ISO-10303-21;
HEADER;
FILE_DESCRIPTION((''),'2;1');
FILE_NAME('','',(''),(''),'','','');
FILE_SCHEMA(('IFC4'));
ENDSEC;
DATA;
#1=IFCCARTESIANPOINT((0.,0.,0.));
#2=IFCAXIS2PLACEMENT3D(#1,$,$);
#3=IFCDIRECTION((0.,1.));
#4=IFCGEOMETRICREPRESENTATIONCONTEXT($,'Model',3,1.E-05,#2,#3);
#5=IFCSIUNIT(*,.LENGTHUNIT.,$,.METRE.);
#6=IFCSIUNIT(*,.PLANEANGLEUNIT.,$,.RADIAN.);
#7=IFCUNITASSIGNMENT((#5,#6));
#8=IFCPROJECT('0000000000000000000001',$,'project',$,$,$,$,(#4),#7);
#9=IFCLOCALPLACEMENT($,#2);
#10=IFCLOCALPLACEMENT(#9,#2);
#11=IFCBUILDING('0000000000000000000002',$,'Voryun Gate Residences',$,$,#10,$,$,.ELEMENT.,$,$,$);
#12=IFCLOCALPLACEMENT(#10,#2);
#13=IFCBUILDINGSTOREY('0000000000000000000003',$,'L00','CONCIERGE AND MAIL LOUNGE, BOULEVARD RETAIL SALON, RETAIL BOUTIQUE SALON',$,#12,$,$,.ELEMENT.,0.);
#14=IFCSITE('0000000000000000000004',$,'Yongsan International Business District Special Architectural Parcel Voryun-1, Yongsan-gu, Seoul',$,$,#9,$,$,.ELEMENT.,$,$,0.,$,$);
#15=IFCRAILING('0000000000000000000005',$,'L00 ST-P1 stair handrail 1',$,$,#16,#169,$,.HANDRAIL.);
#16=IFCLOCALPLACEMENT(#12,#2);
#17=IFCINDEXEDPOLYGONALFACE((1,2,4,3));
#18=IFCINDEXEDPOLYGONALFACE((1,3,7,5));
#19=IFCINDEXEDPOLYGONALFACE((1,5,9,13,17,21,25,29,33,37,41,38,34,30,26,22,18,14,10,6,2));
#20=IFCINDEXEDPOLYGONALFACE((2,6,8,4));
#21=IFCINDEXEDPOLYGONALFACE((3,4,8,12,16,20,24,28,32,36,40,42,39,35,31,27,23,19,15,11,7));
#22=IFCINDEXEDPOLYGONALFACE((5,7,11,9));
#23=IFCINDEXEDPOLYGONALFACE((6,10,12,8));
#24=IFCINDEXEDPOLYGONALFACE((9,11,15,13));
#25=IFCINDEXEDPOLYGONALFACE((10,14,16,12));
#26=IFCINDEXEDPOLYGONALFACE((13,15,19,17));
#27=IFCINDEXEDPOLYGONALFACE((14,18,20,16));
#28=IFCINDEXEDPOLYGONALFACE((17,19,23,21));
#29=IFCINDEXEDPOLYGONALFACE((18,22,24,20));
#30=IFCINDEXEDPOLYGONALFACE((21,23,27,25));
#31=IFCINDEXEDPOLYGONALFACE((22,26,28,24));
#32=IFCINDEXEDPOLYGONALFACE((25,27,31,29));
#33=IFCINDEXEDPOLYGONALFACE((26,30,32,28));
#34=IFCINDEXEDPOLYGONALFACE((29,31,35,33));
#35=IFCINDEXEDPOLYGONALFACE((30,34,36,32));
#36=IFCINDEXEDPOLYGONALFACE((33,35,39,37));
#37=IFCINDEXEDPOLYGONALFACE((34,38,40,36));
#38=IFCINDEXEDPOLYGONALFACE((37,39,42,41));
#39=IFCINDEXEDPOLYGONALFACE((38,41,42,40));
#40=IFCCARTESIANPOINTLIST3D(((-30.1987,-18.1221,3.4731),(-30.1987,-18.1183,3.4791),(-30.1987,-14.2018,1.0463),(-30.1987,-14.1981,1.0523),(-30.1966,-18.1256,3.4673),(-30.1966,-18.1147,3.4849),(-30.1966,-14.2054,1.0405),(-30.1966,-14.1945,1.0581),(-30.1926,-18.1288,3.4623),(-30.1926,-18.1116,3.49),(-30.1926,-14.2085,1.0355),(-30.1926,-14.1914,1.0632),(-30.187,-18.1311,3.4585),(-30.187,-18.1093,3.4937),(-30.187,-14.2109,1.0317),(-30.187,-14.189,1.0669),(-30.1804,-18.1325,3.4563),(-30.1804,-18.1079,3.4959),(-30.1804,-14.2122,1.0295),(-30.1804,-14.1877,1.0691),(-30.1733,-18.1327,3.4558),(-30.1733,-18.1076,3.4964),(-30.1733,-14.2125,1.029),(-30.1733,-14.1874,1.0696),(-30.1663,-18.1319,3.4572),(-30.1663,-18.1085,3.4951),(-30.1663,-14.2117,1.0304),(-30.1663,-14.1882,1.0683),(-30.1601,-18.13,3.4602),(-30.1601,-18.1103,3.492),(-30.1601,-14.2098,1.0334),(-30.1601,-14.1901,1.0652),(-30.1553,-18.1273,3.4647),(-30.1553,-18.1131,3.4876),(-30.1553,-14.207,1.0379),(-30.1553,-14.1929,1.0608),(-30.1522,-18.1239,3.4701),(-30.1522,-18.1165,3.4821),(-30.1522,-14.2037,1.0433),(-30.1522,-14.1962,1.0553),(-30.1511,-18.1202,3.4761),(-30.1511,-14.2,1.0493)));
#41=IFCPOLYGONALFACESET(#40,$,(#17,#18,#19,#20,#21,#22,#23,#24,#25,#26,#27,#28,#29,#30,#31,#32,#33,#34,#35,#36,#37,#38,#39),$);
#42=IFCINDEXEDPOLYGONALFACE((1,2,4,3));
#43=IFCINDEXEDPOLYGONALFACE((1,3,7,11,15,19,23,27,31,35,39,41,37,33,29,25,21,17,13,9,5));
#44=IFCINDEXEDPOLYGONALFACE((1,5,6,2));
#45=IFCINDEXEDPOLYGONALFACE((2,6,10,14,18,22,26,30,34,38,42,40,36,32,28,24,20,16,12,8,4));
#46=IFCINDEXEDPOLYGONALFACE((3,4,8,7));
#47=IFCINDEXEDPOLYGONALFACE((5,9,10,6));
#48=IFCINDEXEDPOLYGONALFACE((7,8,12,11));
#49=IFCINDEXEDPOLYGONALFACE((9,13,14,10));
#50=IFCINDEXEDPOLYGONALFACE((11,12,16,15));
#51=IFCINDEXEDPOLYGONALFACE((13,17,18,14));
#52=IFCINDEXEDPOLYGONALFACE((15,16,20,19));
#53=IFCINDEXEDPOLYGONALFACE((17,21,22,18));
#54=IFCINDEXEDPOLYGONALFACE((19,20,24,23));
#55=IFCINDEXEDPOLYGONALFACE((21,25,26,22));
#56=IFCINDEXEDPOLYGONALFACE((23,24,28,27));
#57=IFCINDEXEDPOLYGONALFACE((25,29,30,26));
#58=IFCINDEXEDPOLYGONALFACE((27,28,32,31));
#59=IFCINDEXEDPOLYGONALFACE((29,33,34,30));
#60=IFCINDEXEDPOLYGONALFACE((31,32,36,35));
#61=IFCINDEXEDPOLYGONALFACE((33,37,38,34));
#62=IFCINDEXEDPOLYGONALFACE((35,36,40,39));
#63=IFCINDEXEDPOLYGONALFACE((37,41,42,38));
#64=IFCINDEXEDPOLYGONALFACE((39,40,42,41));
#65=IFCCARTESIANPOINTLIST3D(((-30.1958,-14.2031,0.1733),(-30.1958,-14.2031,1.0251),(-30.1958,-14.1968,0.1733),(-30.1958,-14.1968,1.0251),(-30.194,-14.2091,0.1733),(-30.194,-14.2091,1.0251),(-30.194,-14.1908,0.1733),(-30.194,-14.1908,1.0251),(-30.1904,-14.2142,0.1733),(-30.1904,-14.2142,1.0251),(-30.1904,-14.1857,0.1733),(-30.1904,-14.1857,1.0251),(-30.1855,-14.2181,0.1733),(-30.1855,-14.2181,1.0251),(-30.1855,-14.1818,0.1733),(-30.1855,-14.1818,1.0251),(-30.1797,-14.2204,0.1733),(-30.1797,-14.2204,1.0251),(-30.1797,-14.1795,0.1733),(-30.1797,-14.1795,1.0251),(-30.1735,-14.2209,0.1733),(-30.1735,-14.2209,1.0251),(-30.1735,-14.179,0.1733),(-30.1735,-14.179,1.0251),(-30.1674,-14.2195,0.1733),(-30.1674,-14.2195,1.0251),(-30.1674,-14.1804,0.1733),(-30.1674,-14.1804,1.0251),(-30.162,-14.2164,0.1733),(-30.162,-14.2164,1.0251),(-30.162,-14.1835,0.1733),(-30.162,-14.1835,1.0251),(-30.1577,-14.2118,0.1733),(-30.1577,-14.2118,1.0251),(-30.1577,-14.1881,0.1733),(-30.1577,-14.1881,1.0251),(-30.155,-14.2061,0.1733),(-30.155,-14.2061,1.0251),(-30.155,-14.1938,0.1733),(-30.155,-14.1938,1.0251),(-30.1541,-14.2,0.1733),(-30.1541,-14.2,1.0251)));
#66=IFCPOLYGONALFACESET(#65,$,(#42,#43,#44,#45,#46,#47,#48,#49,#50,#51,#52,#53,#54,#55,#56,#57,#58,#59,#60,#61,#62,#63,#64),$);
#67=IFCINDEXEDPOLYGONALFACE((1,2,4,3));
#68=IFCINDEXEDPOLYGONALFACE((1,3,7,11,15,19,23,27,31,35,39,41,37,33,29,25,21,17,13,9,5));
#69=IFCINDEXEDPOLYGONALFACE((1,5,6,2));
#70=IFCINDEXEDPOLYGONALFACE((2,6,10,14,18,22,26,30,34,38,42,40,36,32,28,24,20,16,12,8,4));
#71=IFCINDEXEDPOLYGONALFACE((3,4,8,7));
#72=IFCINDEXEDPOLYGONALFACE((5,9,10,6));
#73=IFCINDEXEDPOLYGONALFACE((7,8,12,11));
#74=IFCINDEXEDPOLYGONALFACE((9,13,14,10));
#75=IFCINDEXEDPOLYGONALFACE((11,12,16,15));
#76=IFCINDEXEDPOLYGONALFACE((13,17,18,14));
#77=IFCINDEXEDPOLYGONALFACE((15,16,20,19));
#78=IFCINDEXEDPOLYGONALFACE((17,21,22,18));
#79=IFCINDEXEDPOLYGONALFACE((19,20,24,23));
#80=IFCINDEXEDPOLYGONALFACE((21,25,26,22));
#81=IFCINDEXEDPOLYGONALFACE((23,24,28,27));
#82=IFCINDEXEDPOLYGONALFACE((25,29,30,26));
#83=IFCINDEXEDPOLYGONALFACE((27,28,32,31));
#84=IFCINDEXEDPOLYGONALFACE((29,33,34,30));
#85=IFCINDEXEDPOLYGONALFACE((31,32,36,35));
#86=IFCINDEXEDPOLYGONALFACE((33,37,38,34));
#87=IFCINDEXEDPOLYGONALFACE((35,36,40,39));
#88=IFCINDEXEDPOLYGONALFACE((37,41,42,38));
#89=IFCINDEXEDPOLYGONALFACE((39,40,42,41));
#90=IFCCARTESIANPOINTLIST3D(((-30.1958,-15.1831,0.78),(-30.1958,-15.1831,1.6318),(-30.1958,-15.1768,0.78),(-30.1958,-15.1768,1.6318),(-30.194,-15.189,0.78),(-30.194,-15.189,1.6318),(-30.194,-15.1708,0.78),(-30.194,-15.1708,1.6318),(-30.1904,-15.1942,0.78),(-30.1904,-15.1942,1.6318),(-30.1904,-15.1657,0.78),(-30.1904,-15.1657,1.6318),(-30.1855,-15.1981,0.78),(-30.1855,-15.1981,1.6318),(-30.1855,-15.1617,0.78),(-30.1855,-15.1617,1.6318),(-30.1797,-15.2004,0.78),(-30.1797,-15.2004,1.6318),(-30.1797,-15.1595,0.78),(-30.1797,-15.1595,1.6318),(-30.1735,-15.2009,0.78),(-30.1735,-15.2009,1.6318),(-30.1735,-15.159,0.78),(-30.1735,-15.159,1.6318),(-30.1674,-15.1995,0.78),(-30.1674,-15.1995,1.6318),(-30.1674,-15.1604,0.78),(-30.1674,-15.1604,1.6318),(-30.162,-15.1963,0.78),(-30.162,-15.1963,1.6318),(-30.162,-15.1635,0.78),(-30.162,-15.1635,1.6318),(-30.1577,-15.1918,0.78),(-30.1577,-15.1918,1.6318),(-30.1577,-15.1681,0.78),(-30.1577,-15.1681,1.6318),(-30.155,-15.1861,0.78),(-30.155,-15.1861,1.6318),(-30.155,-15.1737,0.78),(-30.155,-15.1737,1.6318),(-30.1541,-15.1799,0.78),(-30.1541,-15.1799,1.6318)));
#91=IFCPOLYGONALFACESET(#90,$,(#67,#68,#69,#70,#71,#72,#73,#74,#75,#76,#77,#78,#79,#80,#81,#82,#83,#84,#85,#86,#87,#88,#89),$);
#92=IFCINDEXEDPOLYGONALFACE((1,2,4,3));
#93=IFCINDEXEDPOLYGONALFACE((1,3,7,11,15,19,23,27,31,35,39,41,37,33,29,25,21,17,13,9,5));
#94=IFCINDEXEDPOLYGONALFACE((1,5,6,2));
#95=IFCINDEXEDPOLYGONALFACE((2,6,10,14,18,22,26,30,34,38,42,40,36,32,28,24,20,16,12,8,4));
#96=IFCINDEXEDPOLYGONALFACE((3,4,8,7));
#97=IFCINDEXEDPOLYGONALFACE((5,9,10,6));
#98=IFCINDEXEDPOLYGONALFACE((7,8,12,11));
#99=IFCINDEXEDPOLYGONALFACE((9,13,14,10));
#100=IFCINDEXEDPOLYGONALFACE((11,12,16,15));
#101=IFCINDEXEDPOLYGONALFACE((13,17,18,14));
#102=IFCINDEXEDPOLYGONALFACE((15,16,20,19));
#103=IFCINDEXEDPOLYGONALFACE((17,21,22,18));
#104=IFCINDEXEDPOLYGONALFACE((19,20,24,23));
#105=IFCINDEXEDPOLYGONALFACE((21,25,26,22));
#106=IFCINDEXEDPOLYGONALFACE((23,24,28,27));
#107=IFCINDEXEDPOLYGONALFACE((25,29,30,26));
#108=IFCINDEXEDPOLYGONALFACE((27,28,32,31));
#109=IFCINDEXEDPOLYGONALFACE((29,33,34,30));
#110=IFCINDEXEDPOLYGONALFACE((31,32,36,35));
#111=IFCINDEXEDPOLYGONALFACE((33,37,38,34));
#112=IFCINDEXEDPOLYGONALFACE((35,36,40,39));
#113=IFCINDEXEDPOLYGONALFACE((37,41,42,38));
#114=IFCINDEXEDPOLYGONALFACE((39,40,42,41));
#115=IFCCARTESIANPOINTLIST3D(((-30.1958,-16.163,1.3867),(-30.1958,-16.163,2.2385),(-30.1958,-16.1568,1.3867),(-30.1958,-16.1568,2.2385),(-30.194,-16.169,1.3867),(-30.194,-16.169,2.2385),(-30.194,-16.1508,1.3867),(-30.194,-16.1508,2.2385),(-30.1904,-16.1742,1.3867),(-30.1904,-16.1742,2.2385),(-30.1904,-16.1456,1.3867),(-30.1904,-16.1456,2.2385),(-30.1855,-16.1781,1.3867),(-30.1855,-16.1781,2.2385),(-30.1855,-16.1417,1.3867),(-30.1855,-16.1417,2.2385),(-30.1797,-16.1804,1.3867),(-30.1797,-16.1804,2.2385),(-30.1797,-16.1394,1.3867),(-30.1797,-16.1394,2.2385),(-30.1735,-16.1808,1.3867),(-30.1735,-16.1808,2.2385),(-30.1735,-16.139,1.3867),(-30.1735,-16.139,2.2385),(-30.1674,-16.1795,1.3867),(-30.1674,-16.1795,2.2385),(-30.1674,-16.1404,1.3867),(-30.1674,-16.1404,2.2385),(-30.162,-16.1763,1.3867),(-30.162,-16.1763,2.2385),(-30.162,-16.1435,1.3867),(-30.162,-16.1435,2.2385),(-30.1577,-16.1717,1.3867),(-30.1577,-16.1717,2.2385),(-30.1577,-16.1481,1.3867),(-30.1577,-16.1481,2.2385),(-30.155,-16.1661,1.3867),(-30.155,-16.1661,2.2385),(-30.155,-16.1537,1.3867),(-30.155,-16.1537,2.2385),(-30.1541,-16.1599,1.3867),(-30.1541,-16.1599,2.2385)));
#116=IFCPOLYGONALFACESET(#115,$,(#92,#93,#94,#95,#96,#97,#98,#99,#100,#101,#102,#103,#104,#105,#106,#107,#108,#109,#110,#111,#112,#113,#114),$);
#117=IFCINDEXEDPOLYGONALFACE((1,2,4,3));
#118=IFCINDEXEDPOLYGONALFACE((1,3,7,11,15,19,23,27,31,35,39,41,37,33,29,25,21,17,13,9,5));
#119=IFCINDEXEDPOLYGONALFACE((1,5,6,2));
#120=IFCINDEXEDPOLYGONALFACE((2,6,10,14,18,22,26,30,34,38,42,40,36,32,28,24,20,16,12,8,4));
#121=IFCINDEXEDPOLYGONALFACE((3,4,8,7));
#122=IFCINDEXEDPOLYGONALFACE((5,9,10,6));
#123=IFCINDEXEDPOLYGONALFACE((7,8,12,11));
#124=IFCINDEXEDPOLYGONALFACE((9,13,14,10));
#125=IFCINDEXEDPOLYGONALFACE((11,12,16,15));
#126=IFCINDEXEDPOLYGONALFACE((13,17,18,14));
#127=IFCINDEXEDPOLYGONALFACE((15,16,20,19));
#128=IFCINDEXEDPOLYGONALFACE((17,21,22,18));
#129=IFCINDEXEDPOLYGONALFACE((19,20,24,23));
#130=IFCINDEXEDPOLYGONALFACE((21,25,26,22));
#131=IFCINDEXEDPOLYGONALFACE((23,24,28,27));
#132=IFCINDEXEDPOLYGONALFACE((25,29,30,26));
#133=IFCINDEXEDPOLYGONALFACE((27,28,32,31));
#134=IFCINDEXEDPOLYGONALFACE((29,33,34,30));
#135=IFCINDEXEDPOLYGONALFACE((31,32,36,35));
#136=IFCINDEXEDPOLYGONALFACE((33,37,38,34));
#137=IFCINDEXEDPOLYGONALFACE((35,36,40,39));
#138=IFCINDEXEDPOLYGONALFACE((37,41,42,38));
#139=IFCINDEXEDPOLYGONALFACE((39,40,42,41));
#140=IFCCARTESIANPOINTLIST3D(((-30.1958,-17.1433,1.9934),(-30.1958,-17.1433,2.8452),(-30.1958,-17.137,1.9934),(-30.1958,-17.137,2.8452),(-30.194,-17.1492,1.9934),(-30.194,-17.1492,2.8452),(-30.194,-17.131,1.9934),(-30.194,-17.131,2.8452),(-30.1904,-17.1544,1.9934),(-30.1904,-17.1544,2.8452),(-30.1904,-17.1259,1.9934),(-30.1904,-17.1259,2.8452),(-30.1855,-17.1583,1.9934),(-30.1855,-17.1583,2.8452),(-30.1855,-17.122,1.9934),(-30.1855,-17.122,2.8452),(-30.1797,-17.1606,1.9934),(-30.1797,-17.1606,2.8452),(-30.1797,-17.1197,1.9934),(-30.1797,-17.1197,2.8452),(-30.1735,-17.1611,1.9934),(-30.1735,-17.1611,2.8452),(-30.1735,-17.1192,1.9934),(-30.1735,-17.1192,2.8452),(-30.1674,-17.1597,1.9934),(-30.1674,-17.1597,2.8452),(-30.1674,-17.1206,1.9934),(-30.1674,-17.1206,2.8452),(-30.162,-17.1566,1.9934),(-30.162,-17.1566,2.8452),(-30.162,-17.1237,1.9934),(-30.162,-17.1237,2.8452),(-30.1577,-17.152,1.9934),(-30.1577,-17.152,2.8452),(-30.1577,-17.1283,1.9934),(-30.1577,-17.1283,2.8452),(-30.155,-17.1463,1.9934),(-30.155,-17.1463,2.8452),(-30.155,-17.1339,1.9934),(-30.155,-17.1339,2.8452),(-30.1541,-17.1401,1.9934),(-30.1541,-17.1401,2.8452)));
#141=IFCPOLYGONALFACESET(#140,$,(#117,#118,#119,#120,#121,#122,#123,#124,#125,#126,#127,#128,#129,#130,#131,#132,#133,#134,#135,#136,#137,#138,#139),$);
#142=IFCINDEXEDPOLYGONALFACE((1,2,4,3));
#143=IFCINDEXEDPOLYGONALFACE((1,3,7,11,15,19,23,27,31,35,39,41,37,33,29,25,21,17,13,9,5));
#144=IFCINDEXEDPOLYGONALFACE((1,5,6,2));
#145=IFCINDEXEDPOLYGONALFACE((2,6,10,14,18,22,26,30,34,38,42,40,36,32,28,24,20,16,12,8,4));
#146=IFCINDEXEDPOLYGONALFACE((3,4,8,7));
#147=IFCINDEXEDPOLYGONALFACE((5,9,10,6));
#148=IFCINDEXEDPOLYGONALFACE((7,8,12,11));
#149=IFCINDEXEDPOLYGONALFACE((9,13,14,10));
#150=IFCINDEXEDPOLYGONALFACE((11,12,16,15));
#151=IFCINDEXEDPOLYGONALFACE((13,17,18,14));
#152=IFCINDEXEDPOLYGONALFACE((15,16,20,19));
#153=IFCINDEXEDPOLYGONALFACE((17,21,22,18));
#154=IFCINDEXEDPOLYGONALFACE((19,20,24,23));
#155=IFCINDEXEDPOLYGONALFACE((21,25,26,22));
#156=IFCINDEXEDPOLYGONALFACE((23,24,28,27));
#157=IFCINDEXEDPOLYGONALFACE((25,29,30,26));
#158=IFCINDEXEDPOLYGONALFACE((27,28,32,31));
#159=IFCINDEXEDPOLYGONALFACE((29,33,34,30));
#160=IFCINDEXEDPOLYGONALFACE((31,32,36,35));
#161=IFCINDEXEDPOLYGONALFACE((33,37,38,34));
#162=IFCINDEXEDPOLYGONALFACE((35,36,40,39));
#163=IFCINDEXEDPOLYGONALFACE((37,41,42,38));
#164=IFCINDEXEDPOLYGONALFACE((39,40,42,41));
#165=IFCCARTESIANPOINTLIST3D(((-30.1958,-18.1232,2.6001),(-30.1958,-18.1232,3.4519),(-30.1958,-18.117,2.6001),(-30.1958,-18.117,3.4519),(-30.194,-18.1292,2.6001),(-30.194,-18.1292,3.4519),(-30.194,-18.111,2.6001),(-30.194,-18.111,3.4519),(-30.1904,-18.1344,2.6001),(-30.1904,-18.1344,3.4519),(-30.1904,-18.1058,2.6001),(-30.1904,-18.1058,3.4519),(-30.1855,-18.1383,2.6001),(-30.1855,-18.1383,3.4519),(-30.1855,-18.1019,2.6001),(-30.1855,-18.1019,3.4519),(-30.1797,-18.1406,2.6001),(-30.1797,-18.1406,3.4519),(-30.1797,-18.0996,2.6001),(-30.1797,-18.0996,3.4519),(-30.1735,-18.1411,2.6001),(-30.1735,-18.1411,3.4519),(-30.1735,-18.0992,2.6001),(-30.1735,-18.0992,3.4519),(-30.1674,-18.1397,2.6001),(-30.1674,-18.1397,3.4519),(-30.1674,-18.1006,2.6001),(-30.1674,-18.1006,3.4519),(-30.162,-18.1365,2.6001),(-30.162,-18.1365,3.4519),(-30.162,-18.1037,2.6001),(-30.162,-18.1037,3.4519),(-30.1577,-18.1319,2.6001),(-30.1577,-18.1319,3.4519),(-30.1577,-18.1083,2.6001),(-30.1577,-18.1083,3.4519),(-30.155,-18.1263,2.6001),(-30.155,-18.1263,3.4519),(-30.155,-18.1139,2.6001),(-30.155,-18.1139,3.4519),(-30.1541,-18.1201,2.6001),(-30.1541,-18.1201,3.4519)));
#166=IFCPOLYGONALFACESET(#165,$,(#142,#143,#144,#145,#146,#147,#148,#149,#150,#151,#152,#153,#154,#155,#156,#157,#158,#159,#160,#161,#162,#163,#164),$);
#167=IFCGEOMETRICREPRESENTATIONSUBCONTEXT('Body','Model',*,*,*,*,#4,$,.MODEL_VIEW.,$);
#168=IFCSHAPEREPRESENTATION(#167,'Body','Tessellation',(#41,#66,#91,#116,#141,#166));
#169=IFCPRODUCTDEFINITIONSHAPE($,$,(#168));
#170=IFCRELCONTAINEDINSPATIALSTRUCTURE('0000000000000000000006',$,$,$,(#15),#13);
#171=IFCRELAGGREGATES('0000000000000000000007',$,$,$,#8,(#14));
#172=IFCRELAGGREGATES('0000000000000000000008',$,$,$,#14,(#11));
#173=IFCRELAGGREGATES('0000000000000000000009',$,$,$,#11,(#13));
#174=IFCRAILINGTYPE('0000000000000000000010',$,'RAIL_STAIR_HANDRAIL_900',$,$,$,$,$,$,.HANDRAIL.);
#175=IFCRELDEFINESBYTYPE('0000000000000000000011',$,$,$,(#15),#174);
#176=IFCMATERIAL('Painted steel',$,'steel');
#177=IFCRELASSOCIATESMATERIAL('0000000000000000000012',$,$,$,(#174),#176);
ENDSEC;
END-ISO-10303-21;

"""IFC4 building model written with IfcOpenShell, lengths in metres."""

from ifc_helpers import new_model, si_unit, direction, frame, origin, origin_2d, place, context, subcontext, project, spatial, circle, extrude, material, type_object, element, save


model = new_model("IFC4")

# Units and contexts
model_context = context("Model", 3, precision=1e-05, world=origin(), true_north=direction((0.0, 1.0)))
body_context = subcontext(model_context, "Body", "Model", "MODEL_VIEW")
ifc_project = project(units=[si_unit("LENGTHUNIT", "METRE"), si_unit("PLANEANGLEUNIT", "RADIAN")], contexts=[model_context])

# Site, building, storey
site_placement = place(None, origin())
site = spatial("IfcSite", under=ifc_project, at=site_placement, Name="Yongsan International Business District Special Architectural Parcel Voryun-1, Yongsan-gu, Seoul", CompositionType="ELEMENT", RefElevation=0.0)
building_placement = place(site_placement, origin())
building = spatial("IfcBuilding", under=site, at=building_placement, Name="Voryun Gate Residences", CompositionType="ELEMENT")
storey_placement = place(building_placement, origin())
storey = spatial("IfcBuildingStorey", under=building, at=storey_placement, Name="L00", Description="CONCIERGE AND MAIL LOUNGE, BOULEVARD RETAIL SALON, RETAIL BOUTIQUE SALON", CompositionType="ELEMENT", Elevation=0.0)

# Railing
ifc_material_1 = material(Name="Painted steel", Category="steel")
railing_type_1 = type_object("IfcRailingType", Name="RAIL_STAIR_HANDRAIL_900", PredefinedType="HANDRAIL", material=ifc_material_1)
railing_1_placement = place(storey_placement, frame((-30.175, -14.2, 0.1733)))
element("IfcRailing", 1, at=railing_1_placement, inside=storey, type_object=railing_type_1, Name="L00 ST-P1 stair handrail 1", PredefinedType="HANDRAIL", context=body_context, shape_type="SweptSolid", body=[
    extrude(circle(Radius=0.0239, at=origin_2d()), frame((0.0, 0.0, 0.876), z_axis=(0.0, -0.850266, 0.526353), x_axis=(1.0, 0.0, 0.0)), (0.0, 0.0, 1.0), 4.6106),
    extrude(circle(Radius=0.021, at=origin_2d()), origin(), (0.0, 0.0, 1.0), 0.8518),
    extrude(circle(Radius=0.021, at=origin_2d()), frame((0.0, -0.98, 0.6067)), (0.0, 0.0, 1.0), 0.8518),
    extrude(circle(Radius=0.021, at=origin_2d()), frame((0.0, -1.96, 1.2134)), (0.0, 0.0, 1.0), 0.8518),
    extrude(circle(Radius=0.021, at=origin_2d()), frame((0.0, -2.9402, 1.8201)), (0.0, 0.0, 1.0), 0.8518),
    extrude(circle(Radius=0.021, at=origin_2d()), frame((0.0, -3.9202, 2.4268)), (0.0, 0.0, 1.0), 0.8518),
])

save(model, "model.ifc")
